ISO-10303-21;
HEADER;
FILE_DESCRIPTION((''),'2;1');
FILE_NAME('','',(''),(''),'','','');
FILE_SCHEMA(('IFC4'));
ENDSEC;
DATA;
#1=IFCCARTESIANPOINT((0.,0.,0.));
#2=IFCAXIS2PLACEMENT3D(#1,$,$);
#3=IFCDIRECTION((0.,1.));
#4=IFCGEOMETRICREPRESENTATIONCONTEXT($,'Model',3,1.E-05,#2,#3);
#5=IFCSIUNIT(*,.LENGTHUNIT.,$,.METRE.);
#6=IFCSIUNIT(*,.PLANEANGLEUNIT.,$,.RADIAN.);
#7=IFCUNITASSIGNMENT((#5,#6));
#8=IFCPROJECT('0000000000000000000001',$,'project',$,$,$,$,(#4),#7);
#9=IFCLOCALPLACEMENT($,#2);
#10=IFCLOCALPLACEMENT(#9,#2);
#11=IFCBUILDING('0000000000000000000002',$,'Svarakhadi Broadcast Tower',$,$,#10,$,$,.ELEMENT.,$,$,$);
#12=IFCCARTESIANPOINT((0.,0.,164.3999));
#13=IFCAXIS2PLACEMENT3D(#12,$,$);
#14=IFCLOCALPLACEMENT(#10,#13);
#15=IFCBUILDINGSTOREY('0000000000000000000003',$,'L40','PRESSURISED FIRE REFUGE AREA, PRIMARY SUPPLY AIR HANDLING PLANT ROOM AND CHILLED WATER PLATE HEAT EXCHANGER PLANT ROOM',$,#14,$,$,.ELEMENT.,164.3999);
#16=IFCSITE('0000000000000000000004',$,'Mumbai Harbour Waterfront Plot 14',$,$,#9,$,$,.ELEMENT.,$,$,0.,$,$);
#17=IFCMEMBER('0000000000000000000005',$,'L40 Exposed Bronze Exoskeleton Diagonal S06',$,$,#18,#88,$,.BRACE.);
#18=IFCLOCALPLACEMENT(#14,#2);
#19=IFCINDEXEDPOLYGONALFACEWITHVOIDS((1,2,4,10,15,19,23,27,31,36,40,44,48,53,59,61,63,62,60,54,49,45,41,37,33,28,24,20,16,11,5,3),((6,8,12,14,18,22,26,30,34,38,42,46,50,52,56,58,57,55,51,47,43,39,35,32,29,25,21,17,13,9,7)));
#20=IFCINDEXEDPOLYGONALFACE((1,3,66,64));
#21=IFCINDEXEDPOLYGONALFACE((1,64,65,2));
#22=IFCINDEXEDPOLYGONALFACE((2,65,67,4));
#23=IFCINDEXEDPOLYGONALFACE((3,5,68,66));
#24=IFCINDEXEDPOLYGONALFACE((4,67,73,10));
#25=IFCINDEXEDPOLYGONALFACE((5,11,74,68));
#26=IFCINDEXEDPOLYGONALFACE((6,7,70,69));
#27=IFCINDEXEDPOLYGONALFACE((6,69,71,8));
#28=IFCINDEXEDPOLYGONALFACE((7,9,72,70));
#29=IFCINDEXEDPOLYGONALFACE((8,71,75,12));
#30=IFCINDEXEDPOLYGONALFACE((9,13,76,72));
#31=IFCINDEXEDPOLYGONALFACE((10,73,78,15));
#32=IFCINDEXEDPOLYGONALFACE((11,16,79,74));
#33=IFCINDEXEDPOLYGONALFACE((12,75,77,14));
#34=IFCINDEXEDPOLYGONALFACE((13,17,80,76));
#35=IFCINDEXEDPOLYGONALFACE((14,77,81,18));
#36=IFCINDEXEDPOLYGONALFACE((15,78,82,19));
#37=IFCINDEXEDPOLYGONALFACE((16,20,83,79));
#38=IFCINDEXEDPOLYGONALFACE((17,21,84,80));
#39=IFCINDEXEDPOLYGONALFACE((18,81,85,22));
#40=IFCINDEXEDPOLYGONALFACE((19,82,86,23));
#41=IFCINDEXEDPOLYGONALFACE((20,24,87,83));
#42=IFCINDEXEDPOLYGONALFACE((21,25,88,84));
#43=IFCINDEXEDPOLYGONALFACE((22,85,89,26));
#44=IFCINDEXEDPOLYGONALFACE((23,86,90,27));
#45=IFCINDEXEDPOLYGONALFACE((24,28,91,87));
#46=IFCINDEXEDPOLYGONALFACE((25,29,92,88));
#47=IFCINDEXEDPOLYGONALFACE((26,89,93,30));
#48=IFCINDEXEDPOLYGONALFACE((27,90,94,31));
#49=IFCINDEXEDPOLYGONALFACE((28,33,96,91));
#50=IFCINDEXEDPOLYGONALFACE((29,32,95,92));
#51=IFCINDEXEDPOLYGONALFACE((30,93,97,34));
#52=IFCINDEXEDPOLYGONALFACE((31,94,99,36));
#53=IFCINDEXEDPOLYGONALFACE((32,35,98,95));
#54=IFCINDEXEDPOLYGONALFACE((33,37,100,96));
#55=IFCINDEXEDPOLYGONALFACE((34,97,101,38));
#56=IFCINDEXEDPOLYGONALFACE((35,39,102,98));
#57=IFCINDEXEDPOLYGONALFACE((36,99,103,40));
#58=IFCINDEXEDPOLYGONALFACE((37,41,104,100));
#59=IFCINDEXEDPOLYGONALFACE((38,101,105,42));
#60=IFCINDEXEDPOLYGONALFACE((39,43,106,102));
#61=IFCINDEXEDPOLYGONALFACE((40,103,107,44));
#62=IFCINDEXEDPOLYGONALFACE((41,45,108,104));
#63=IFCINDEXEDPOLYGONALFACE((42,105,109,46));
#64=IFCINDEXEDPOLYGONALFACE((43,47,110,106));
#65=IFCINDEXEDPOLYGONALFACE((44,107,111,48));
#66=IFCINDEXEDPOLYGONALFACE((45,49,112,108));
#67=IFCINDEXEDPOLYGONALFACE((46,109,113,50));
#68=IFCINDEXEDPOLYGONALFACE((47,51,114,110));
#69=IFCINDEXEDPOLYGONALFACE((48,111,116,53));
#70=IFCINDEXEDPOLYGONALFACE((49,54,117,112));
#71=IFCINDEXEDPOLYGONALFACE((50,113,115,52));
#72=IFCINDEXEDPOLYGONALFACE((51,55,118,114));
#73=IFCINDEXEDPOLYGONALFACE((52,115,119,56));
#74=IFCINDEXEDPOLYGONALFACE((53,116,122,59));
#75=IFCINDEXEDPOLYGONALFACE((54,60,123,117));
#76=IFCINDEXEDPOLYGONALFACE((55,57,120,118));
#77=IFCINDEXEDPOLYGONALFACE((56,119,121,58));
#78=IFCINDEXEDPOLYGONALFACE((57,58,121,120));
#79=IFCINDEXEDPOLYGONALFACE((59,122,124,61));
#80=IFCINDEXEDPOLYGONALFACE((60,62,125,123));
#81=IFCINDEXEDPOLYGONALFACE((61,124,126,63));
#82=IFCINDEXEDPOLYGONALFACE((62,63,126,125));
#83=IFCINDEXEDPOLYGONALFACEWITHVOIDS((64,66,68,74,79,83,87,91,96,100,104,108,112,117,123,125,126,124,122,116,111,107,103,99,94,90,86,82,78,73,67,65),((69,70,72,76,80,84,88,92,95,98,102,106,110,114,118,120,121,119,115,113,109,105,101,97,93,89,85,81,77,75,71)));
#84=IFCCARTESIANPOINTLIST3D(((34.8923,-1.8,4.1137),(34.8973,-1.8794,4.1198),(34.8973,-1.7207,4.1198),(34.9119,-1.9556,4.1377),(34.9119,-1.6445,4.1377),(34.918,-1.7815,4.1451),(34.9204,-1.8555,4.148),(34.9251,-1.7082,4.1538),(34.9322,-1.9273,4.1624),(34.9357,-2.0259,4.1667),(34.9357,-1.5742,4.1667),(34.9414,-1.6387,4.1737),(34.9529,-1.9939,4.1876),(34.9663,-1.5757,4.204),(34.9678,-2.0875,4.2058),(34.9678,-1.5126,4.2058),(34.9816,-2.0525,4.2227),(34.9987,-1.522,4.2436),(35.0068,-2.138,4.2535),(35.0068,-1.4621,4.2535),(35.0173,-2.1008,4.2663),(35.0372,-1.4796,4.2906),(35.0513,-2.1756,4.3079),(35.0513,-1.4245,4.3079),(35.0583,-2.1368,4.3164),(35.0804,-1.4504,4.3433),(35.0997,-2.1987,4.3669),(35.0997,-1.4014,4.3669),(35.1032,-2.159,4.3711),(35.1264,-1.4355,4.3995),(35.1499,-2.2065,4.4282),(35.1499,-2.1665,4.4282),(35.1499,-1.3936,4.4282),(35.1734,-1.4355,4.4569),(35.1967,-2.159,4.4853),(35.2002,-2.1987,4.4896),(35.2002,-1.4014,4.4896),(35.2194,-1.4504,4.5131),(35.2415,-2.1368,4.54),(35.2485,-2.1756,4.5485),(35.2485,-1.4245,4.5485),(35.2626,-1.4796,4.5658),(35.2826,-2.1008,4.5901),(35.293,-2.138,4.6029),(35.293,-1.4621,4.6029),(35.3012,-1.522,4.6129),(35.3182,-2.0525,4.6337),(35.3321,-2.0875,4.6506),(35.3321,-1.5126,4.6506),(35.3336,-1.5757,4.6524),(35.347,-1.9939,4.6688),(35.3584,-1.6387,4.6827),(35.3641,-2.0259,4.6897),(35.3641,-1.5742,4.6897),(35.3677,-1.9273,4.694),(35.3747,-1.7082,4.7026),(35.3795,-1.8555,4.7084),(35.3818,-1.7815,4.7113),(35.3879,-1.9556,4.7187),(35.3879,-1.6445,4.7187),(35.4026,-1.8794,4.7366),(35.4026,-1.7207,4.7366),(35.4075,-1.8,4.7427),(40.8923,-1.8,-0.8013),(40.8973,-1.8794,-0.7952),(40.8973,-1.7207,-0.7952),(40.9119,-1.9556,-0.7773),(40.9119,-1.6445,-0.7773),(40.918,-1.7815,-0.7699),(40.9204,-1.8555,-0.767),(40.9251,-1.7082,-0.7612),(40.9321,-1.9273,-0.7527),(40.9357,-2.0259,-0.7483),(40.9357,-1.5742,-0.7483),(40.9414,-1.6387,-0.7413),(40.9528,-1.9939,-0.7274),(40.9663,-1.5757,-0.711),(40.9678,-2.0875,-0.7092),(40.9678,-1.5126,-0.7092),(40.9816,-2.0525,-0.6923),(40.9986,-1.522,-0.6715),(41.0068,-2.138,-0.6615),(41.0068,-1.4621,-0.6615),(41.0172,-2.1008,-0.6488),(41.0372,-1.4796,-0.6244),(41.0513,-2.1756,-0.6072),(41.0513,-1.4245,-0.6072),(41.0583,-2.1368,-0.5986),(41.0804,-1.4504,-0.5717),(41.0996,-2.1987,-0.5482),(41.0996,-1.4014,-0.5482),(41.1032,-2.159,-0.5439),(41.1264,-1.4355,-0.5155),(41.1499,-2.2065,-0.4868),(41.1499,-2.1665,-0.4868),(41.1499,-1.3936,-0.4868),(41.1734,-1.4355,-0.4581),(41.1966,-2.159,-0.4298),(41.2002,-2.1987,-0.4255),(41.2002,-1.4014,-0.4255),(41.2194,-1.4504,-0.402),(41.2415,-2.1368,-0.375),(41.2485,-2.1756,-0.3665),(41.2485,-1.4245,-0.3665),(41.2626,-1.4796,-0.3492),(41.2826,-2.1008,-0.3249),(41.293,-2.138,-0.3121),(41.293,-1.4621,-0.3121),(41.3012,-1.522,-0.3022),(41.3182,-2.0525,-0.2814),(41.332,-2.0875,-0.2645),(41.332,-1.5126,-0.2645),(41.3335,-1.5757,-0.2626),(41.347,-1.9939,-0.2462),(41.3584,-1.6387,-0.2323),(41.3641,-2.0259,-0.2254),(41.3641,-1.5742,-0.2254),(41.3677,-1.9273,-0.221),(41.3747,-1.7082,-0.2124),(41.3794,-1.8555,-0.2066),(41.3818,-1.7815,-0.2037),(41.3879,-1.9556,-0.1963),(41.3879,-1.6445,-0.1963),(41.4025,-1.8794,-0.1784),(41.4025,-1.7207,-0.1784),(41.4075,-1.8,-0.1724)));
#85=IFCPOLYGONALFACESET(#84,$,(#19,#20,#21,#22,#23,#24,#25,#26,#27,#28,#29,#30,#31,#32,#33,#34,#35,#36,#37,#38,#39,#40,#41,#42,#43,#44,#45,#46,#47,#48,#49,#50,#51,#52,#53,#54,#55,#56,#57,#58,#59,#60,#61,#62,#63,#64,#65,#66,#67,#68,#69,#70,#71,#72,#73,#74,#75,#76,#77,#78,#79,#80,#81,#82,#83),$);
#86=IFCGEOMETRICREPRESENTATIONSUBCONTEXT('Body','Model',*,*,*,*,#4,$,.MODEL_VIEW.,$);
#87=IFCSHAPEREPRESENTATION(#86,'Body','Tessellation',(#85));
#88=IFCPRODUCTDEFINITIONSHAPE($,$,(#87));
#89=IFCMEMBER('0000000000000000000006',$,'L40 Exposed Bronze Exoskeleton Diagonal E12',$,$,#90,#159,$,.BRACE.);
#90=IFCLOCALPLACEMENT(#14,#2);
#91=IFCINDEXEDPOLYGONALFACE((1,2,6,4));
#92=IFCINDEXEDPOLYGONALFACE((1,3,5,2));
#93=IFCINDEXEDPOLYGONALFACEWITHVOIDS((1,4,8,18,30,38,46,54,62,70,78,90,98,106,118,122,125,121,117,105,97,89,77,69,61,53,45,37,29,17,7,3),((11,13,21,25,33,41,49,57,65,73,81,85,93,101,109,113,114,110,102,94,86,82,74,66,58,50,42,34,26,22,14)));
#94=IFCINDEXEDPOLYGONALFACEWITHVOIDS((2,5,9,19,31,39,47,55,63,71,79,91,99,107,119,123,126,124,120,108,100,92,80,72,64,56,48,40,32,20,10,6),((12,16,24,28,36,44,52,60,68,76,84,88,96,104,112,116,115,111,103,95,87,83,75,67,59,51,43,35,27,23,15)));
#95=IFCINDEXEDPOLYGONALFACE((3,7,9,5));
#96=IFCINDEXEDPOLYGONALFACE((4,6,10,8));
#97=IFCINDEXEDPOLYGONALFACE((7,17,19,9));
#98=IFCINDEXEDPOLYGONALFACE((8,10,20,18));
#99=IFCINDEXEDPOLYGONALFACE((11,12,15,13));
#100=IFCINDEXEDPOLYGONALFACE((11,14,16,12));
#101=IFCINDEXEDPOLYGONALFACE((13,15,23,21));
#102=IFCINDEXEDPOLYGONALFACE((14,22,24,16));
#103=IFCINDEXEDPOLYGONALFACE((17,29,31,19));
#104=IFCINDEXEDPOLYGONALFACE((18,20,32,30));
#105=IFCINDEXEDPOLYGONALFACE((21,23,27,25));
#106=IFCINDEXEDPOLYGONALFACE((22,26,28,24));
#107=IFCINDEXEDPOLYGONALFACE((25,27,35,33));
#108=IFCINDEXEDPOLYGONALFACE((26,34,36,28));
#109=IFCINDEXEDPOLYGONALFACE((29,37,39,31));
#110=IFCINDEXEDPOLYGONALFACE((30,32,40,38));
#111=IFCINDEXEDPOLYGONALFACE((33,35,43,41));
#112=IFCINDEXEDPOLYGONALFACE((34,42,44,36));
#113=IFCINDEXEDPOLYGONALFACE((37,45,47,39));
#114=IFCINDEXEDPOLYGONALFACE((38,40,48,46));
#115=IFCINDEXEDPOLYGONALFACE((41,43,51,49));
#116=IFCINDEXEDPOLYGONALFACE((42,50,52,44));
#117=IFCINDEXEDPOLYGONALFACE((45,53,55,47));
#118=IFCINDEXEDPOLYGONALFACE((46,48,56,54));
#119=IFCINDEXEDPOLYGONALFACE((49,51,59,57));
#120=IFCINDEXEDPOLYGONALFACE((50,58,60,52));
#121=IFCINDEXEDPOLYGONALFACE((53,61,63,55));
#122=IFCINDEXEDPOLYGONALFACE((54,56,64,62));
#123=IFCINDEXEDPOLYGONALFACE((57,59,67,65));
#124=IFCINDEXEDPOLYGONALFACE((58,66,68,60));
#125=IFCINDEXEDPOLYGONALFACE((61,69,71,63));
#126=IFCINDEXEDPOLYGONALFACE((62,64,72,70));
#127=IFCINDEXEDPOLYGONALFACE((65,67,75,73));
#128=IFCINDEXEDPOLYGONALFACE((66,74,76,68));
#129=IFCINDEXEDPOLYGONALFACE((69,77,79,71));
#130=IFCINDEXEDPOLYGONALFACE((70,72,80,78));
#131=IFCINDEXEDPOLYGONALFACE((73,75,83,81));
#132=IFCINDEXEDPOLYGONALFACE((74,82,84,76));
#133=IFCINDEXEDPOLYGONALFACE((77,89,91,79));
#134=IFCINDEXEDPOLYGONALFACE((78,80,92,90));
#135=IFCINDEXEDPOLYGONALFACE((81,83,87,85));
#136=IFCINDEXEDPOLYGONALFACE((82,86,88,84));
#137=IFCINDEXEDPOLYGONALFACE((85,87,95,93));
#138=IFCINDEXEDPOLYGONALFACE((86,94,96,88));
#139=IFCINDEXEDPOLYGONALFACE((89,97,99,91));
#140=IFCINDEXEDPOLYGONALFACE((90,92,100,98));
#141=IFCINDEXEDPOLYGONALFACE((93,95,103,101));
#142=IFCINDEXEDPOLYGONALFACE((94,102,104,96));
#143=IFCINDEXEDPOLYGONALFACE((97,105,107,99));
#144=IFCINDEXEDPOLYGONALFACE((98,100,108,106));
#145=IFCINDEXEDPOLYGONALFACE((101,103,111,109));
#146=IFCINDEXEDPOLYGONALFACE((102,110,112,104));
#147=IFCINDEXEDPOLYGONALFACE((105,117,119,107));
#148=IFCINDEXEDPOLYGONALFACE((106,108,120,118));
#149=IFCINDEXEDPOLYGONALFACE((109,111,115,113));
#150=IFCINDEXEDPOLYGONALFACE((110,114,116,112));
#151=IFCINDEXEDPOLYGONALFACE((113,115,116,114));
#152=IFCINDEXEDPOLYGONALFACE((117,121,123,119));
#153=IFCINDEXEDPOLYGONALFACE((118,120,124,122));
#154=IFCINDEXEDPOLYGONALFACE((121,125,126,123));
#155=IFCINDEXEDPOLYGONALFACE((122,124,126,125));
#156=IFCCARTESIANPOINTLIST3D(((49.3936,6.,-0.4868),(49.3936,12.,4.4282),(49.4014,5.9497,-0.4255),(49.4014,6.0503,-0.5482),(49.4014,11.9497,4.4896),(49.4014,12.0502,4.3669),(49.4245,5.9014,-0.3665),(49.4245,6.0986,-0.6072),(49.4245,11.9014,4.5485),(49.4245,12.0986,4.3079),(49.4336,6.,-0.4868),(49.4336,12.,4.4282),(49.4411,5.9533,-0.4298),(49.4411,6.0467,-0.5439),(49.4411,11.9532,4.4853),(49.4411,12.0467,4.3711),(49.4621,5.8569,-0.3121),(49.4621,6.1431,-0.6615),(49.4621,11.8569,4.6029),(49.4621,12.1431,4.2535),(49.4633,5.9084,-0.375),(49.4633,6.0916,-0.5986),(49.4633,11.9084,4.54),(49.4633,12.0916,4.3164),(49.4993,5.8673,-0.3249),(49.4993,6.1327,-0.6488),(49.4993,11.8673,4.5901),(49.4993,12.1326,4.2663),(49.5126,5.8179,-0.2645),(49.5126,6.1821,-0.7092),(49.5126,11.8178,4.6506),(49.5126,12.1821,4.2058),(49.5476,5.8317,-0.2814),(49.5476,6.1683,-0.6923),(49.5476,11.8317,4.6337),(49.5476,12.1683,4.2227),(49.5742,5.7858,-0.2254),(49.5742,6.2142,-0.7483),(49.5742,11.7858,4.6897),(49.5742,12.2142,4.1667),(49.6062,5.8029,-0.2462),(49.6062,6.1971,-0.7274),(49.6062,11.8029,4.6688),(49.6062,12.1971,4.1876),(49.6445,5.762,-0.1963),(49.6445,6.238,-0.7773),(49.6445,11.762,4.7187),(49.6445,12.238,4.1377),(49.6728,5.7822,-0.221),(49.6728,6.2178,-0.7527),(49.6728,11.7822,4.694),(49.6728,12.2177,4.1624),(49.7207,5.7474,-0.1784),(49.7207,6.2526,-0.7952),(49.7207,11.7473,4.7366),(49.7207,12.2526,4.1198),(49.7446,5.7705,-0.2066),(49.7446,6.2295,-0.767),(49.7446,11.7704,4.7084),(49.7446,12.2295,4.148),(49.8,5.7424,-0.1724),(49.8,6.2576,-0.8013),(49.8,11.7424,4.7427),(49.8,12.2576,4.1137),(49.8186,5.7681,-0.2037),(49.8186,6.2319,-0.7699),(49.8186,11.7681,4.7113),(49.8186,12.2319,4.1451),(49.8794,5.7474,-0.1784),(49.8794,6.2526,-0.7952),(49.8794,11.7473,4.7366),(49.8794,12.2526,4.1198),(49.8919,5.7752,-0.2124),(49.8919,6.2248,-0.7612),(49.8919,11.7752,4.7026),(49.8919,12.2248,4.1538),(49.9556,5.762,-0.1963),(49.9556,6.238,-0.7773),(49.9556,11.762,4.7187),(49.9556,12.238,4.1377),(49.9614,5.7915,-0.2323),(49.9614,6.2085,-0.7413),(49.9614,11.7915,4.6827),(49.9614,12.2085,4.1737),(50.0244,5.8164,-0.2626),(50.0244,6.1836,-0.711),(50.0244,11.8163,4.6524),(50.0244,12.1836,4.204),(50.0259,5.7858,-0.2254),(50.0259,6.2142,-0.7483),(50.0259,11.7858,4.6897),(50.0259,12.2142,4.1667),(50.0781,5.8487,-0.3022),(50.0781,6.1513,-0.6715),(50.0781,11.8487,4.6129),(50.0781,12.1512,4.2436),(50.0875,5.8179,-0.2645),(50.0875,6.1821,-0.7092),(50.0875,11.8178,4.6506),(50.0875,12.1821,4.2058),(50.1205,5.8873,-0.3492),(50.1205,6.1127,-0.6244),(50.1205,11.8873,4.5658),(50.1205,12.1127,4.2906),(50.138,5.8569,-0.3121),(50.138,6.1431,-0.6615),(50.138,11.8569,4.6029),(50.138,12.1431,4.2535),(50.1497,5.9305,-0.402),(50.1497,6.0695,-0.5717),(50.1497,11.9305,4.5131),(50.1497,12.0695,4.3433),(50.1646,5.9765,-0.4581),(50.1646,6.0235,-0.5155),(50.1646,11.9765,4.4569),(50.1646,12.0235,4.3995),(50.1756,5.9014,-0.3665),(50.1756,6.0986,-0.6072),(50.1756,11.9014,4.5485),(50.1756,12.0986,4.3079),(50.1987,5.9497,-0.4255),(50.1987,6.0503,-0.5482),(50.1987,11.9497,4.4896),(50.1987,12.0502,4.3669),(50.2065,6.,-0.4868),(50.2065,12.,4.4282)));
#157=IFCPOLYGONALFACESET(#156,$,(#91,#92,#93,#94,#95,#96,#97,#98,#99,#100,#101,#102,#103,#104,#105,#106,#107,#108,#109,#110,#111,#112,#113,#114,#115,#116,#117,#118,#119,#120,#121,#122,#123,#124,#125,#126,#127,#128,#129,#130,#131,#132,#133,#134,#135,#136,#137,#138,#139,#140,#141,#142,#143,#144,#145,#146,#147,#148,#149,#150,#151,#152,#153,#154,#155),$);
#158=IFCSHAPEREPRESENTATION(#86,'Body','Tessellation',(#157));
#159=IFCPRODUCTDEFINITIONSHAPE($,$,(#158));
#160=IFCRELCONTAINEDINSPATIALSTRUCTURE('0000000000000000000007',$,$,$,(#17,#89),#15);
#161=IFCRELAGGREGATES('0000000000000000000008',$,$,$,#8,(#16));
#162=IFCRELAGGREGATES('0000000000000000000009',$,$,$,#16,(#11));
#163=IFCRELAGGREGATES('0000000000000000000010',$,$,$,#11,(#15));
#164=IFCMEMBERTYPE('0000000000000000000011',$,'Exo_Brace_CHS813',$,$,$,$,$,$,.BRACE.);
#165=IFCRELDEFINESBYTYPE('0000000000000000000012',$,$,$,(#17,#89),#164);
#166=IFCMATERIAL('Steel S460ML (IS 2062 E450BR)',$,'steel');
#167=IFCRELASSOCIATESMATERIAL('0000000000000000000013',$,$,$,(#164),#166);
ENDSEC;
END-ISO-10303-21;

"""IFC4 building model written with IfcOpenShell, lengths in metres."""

from ifc_helpers import new_model, si_unit, direction, frame, origin, origin_2d, place, context, subcontext, project, spatial, hollow_circle, extrude, material, material_profile, profile_set, type_object, element, save


model = new_model("IFC4")

# Units and contexts
model_context = context("Model", 3, precision=1e-05, world=origin(), true_north=direction((0.0, 1.0)))
body_context = subcontext(model_context, "Body", "Model", "MODEL_VIEW")
ifc_project = project(units=[si_unit("LENGTHUNIT", "METRE"), si_unit("PLANEANGLEUNIT", "RADIAN")], contexts=[model_context])

# Site, building, storey
site_placement = place(None, origin())
site = spatial("IfcSite", under=ifc_project, at=site_placement, Name="Mumbai Harbour Waterfront Plot 14", CompositionType="ELEMENT", RefElevation=0.0)
building_placement = place(site_placement, origin())
building = spatial("IfcBuilding", under=site, at=building_placement, Name="Svarakhadi Broadcast Tower", CompositionType="ELEMENT")
storey_placement = place(building_placement, frame((0.0, 0.0, 164.3999)))
storey = spatial("IfcBuildingStorey", under=building, at=storey_placement, Name="L40", Description="PRESSURISED FIRE REFUGE AREA, PRIMARY SUPPLY AIR HANDLING PLANT ROOM AND CHILLED WATER PLATE HEAT EXCHANGER PLANT ROOM", CompositionType="ELEMENT", Elevation=164.3999)

# Shared definitions
ifc_material_1 = material(Name="Steel S460ML (IS 2062 E450BR)", Category="steel")

# Members
ifc_material_profile_1 = material_profile(ifc_material_1, hollow_circle(Radius=0.4065, WallThickness=0.04, at=origin_2d()), Name="CHS 813x40")
ifc_profile_set_1 = profile_set([ifc_material_profile_1], Name="Steel S460ML (IS 2062 E450BR)")
member_type_1 = type_object("IfcMemberType", Name="Exo_Brace_CHS813", PredefinedType="BRACE", material=ifc_profile_set_1)
for number, where, z_axis, x_axis, name in (
    (1, (41.1499, -1.8, -0.4868), (-0.773581, 0.0, 0.633697), (0.0, -1.0, 0.0), "L40 Exposed Bronze Exoskeleton Diagonal S06"),
    (2, (49.8, 6.0, -0.4868), (0.0, 0.773581, 0.633697), (-1.0, 0.0, 0.0), "L40 Exposed Bronze Exoskeleton Diagonal E12"),
):
    element("IfcMember", number, at=place(storey_placement, frame(where, z_axis=z_axis, x_axis=x_axis)), inside=storey, type_object=member_type_1, Name=name, PredefinedType="BRACE", context=body_context, shape_type="SweptSolid", body=[
        extrude(hollow_circle(Radius=0.4065, WallThickness=0.04, at=origin_2d()), origin(), (0.0, 0.0, 1.0), 7.7561),
    ])

save(model, "model.ifc")
